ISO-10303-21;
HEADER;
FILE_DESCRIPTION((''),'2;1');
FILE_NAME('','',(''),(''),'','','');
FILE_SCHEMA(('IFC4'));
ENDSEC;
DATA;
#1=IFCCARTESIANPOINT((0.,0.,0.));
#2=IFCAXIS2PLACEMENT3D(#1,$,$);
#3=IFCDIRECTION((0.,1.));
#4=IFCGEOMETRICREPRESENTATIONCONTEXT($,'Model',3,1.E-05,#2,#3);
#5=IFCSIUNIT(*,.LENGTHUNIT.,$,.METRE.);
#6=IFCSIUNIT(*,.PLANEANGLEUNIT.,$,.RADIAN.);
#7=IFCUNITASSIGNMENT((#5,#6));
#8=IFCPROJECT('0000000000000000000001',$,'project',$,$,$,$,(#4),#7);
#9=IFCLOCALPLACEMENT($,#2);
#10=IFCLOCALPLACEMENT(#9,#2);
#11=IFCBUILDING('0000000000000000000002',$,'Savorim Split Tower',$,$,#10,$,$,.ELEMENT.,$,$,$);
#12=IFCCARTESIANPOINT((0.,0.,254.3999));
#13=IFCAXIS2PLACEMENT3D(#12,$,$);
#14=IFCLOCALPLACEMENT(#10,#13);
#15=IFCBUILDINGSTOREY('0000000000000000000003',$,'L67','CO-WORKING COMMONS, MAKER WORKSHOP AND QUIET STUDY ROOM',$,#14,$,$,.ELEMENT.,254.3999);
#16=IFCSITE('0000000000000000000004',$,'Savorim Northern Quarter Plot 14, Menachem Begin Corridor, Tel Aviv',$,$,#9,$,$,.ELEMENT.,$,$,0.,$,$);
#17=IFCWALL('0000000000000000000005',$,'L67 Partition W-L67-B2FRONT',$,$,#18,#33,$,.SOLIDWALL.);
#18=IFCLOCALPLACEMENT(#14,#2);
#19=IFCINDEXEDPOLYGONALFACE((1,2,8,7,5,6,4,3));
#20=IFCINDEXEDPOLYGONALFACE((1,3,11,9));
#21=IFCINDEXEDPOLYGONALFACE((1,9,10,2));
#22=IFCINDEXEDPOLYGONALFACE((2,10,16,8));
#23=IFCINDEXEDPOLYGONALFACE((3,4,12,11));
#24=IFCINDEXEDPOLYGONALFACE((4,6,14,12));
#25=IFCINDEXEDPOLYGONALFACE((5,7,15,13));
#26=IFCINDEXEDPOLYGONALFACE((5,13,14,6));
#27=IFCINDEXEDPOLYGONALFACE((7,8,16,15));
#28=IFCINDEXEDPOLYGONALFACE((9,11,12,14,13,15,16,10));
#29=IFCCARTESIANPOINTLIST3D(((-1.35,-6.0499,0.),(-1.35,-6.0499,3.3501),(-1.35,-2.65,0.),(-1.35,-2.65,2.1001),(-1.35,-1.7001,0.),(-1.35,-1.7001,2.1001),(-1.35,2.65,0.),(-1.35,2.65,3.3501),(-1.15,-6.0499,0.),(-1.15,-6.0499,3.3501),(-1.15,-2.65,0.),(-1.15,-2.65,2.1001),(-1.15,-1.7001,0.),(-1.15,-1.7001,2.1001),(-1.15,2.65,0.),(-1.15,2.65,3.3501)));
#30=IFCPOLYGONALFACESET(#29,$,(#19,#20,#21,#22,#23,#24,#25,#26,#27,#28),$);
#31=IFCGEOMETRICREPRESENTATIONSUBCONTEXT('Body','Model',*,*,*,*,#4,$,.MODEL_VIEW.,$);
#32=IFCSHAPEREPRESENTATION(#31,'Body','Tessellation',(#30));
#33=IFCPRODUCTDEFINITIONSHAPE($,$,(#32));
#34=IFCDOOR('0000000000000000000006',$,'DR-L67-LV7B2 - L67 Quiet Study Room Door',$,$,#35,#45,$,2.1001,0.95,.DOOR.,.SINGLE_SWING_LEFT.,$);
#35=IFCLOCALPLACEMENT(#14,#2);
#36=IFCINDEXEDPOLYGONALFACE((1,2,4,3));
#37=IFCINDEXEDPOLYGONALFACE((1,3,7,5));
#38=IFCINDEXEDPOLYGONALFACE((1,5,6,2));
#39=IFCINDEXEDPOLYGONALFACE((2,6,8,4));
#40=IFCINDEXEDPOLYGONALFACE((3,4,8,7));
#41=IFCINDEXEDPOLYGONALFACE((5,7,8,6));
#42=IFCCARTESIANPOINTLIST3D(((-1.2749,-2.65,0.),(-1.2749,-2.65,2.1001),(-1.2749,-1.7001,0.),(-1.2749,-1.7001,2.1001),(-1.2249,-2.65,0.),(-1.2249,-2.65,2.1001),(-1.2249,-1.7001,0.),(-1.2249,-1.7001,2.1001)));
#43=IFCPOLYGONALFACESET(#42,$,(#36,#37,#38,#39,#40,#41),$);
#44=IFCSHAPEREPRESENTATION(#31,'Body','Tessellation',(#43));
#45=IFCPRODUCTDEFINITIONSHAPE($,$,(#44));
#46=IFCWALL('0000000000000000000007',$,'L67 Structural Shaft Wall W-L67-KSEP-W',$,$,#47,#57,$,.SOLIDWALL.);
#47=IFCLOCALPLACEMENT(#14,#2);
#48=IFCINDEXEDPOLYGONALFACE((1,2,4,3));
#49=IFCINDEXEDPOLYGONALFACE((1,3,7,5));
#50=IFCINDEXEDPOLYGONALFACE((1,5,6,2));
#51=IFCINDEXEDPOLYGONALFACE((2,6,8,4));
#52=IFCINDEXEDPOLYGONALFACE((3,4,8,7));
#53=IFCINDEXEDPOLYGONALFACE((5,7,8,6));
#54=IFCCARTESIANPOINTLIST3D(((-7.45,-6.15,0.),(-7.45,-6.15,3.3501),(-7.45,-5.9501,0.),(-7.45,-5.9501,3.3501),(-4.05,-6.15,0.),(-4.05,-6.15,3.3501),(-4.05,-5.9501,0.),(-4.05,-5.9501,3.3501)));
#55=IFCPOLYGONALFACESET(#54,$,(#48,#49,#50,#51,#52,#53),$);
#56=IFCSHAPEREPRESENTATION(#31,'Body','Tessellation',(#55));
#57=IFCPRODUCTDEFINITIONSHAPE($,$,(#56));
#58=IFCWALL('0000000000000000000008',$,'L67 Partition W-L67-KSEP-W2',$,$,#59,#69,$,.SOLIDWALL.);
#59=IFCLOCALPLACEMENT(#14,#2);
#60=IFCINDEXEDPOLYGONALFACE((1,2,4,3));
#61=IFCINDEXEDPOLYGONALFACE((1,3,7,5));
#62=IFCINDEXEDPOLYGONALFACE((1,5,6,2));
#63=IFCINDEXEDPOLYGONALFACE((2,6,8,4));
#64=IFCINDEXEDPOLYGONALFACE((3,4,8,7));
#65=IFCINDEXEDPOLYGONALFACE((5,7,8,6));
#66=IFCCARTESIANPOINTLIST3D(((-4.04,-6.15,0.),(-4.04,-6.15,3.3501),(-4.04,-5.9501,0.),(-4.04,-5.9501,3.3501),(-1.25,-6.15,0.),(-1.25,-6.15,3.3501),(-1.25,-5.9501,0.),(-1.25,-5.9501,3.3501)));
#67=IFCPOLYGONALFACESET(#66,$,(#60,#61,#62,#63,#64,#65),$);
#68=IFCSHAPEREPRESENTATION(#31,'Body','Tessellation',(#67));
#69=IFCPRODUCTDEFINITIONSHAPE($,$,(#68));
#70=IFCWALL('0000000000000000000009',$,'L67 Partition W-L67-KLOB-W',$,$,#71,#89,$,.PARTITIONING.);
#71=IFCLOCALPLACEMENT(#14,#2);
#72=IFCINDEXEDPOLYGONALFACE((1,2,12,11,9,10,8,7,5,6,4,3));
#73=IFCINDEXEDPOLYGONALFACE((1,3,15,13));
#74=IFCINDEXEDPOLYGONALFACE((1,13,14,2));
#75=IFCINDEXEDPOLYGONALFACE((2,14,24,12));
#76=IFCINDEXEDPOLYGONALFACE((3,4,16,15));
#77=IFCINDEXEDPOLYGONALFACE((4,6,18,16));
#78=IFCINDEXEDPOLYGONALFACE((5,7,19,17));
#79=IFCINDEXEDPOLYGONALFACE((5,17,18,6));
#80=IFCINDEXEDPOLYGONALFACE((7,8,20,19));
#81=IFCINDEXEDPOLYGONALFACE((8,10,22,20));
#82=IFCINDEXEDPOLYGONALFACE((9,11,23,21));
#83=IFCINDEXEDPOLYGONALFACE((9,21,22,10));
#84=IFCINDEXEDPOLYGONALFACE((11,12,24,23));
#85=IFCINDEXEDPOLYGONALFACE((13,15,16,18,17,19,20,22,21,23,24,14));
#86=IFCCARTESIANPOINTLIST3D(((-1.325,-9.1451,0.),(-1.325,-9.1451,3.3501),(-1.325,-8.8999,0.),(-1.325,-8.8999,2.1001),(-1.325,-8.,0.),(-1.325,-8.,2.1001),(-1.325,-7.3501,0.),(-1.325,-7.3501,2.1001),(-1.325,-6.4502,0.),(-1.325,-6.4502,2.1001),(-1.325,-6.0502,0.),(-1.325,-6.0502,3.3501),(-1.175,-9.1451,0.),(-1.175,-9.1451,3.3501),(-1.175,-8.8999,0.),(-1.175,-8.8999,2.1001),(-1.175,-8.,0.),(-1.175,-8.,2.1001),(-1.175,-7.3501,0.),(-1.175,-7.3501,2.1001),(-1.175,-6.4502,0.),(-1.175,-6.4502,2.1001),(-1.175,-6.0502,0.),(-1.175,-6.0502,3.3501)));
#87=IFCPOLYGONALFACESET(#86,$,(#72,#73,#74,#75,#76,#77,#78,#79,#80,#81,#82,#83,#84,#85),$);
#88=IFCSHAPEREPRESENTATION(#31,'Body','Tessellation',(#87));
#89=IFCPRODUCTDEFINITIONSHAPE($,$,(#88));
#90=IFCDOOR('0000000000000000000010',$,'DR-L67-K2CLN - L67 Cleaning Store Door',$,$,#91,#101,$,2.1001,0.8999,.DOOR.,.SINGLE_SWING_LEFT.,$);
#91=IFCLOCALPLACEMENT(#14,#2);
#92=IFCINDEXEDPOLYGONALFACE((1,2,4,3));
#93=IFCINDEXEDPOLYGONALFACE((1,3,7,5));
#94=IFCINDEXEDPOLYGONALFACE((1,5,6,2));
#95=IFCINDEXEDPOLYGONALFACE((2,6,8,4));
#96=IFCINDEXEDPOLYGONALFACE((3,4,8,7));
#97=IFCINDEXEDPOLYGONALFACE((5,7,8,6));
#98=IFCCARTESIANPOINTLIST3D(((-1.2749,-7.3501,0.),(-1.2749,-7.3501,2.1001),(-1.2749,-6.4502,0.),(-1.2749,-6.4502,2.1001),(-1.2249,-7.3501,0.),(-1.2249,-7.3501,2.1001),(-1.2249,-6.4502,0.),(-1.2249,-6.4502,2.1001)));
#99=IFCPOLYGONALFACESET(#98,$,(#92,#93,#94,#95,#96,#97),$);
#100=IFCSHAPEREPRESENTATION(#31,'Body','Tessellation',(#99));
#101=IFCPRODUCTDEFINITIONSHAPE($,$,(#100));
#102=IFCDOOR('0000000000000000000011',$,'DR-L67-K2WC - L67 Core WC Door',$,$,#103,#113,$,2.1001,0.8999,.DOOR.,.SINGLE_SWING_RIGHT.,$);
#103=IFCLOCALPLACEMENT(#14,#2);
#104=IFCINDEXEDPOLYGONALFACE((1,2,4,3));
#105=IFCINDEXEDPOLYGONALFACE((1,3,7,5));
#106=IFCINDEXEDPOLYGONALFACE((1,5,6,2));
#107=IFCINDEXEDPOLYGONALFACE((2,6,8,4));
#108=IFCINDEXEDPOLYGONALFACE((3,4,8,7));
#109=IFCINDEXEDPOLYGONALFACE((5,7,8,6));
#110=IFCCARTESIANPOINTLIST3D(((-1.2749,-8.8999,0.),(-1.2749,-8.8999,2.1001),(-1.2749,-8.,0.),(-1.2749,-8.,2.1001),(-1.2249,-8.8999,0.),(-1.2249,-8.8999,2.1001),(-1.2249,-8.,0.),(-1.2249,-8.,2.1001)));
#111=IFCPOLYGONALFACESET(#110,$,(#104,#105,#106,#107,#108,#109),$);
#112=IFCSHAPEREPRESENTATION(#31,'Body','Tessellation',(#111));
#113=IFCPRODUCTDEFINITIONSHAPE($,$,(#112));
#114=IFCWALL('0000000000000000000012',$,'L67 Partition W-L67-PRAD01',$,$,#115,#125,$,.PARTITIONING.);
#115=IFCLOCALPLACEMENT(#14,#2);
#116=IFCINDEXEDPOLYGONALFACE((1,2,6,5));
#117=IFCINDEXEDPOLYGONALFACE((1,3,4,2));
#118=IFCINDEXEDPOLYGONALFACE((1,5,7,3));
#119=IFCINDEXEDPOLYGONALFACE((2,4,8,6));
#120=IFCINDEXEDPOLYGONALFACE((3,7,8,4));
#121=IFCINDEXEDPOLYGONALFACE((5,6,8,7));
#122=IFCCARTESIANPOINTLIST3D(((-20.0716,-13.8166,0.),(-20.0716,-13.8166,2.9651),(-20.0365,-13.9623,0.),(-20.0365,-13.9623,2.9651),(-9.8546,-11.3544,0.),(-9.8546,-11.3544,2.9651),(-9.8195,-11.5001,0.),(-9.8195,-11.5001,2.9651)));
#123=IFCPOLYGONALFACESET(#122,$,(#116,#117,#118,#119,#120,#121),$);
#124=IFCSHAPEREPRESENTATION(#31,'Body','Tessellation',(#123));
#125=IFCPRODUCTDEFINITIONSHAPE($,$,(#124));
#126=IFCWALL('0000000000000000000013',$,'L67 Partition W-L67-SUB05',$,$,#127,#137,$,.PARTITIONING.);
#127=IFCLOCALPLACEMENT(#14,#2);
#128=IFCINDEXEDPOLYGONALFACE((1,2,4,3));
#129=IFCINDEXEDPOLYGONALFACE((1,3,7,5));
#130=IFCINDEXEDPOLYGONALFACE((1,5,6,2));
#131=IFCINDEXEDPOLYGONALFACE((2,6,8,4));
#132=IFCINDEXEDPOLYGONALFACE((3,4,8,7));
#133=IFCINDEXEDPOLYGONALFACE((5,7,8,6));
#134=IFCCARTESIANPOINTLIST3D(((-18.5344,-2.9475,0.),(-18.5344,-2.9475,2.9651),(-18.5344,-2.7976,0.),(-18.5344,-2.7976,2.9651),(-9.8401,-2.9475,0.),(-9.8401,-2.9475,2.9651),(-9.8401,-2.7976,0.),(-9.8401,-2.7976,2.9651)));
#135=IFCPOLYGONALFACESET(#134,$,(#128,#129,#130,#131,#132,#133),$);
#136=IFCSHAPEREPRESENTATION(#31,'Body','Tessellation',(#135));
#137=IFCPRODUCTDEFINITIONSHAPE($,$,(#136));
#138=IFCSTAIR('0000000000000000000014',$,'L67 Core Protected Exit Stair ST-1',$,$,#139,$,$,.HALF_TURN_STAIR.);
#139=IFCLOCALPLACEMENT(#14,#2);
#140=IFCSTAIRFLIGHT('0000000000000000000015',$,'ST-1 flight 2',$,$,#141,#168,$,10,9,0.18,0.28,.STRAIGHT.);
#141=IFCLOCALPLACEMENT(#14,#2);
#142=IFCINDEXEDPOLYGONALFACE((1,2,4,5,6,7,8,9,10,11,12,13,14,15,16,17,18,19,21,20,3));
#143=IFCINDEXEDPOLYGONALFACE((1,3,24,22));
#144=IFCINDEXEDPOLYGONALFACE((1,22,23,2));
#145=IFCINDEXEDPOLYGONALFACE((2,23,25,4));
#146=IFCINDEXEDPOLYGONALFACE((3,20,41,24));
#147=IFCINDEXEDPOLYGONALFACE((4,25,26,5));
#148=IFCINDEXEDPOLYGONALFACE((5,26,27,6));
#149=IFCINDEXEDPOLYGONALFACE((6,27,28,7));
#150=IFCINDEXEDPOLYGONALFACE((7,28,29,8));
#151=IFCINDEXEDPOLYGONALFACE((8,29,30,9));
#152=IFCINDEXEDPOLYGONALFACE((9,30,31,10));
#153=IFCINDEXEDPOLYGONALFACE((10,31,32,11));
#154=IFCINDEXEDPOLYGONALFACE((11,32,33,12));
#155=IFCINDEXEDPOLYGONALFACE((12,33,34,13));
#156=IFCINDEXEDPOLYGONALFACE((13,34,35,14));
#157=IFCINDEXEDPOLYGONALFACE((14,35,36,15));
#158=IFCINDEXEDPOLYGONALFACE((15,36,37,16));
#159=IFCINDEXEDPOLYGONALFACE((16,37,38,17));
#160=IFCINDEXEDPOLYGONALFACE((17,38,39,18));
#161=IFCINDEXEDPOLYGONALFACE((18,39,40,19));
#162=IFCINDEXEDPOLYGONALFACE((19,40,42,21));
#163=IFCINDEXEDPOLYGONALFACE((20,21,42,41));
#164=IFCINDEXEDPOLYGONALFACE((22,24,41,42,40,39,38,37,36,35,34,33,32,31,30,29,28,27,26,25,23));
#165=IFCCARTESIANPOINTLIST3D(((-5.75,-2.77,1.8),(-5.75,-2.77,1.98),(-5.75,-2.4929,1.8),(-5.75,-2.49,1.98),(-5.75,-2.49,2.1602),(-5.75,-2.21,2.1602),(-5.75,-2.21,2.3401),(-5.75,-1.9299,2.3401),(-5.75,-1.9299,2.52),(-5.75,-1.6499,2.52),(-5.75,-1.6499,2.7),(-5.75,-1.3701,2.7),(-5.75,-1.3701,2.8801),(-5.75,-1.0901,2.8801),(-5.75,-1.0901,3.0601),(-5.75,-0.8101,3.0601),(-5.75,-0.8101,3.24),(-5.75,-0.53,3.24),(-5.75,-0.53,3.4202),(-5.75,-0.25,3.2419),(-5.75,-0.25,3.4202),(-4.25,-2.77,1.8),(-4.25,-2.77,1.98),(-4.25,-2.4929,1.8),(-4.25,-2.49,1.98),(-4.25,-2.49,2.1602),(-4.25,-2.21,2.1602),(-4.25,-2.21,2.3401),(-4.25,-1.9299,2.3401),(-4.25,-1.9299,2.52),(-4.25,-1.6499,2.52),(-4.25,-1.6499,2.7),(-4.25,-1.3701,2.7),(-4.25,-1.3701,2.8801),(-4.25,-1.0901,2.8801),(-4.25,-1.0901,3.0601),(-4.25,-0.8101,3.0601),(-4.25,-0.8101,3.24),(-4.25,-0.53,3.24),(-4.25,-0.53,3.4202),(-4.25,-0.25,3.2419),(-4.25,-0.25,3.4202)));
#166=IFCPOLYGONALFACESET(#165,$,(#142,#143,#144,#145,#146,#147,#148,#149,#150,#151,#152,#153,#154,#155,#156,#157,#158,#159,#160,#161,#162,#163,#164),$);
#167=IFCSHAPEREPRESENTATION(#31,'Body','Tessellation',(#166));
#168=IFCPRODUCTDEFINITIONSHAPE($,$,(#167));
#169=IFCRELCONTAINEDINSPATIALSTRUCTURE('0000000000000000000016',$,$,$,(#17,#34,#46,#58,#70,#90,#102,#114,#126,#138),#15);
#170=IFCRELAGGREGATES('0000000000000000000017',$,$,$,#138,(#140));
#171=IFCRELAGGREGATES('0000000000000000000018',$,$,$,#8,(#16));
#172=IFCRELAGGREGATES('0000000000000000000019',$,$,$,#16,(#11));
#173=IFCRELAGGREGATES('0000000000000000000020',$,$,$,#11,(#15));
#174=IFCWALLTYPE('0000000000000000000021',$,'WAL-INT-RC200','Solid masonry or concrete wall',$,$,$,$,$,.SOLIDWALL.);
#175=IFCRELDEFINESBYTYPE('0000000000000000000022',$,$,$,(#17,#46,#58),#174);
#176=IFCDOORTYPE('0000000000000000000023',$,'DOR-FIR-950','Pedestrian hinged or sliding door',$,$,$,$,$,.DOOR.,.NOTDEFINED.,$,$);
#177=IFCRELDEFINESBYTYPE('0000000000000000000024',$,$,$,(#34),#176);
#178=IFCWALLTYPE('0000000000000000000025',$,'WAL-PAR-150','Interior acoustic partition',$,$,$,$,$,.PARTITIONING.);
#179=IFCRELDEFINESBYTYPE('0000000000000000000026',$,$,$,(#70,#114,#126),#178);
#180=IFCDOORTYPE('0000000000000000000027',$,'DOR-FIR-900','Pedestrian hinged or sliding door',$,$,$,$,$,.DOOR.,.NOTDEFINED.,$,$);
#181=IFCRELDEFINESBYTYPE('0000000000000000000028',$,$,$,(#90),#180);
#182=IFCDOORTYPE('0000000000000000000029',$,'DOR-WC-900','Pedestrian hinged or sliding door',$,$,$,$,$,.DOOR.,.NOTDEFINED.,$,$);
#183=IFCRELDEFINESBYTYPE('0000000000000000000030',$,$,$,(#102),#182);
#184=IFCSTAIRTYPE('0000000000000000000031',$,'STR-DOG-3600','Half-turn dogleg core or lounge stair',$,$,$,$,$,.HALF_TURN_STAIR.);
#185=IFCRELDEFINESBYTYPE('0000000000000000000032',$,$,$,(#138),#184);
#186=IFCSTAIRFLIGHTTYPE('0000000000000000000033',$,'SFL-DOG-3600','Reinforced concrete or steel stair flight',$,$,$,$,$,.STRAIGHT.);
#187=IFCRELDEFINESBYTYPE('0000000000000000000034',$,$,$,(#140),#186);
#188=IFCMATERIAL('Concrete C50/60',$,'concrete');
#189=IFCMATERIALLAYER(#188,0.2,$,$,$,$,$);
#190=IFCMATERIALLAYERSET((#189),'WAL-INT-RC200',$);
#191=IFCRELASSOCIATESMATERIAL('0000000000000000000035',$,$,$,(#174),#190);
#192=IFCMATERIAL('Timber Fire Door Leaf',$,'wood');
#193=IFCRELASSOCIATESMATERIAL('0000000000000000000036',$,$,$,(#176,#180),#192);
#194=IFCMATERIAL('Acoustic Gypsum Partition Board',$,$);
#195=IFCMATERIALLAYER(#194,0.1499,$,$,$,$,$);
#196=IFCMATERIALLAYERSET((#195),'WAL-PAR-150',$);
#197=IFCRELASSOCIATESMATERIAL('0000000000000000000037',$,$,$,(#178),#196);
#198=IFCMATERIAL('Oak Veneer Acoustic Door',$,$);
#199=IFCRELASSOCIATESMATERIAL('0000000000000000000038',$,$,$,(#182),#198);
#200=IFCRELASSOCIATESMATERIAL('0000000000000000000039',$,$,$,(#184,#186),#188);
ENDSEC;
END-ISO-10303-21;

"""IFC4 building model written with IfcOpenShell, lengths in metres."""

from ifc_helpers import new_model, si_unit, direction, frame, frame_2d, origin, place, context, subcontext, project, spatial, polyline, rectangle, outline, extrude, material, layer, layer_set, type_object, element, fill, aggregate, save


model = new_model("IFC4")

# Units and contexts
model_context = context("Model", 3, precision=1e-05, world=origin(), true_north=direction((0.0, 1.0)))
body_context = subcontext(model_context, "Body", "Model", "MODEL_VIEW")
ifc_project = project(units=[si_unit("LENGTHUNIT", "METRE"), si_unit("PLANEANGLEUNIT", "RADIAN")], contexts=[model_context])

# Site, building, storey
site_placement = place(None, origin())
site = spatial("IfcSite", under=ifc_project, at=site_placement, Name="Savorim Northern Quarter Plot 14, Menachem Begin Corridor, Tel Aviv", CompositionType="ELEMENT", RefElevation=0.0)
building_placement = place(site_placement, origin())
building = spatial("IfcBuilding", under=site, at=building_placement, Name="Savorim Split Tower", CompositionType="ELEMENT")
storey_placement = place(building_placement, frame((0.0, 0.0, 254.3999)))
storey = spatial("IfcBuildingStorey", under=building, at=storey_placement, Name="L67", Description="CO-WORKING COMMONS, MAKER WORKSHOP AND QUIET STUDY ROOM", CompositionType="ELEMENT", Elevation=254.3999)

# Shared definitions
ifc_material_1 = material(Name="Timber Fire Door Leaf", Category="wood")

# Shared definitions
ifc_material_2 = material(Name="Concrete C50/60", Category="concrete")
ifc_layer_1 = layer(ifc_material_2, 0.2)
ifc_layer_set_1 = layer_set([ifc_layer_1], Name="WAL-INT-RC200")
wall_type_1 = type_object("IfcWallType", Name="WAL-INT-RC200", Description="Solid masonry or concrete wall", PredefinedType="SOLIDWALL", material=ifc_layer_set_1)

# Wall, opening, door
wall_1_placement = place(storey_placement, frame((-1.25, -6.05, 0.0), z_axis=(0.0, 0.0, 1.0), x_axis=(0.0, 1.0, 0.0)))
wall_1 = element("IfcWall", 1, at=wall_1_placement, inside=storey, type_object=wall_type_1, Name="L67 Partition W-L67-B2FRONT", PredefinedType="SOLIDWALL", context=body_context, shape_type="SweptSolid", body=[
    extrude(rectangle(XDim=8.7, YDim=0.2, at=frame_2d((4.3501, 0.0))), origin(), (0.0, 0.0, 1.0), 3.3501),
])
opening_1_placement = place(wall_1_placement, frame((3.3999, 0.0, 0.0)))
opening_1 = element("IfcOpeningElement", 2, at=opening_1_placement, cuts=wall_1, PredefinedType="OPENING", context=body_context, shape_type="SweptSolid", body=[
    extrude(rectangle(XDim=0.95, YDim=2.1001, at=frame_2d((0.4751, 1.05))), frame((0.0, 0.1099, 0.0), z_axis=(0.0, -1.0, 0.0), x_axis=(1.0, 0.0, 0.0)), (0.0, 0.0, 1.0), 0.22),
])
door_type_1 = type_object("IfcDoorType", Name="DOR-FIR-950", Description="Pedestrian hinged or sliding door", OperationType="NOTDEFINED", PredefinedType="DOOR", material=ifc_material_1)
door_1_placement = place(opening_1_placement, origin())
door_1 = element("IfcDoor", 3, at=door_1_placement, inside=storey, type_object=door_type_1, Name="DR-L67-LV7B2 - L67 Quiet Study Room Door", OperationType="SINGLE_SWING_LEFT", OverallHeight=2.1001, OverallWidth=0.95, PredefinedType="DOOR", context=body_context, shape_type="SweptSolid", body=[
    extrude(rectangle(XDim=0.95, YDim=2.1001, at=frame_2d((0.4751, 1.05))), frame((0.0, 0.0249, 0.0), z_axis=(0.0, -1.0, 0.0), x_axis=(1.0, 0.0, 0.0)), (0.0, 0.0, 1.0), 0.05),
])
fill(opening_1, door_1)

# Walls
wall_2_placement = place(storey_placement, frame((-7.45, -6.05, 0.0), z_axis=(0.0, 0.0, 1.0), x_axis=(1.0, 0.0, 0.0)))
element("IfcWall", 4, at=wall_2_placement, inside=storey, type_object=wall_type_1, Name="L67 Structural Shaft Wall W-L67-KSEP-W", PredefinedType="SOLIDWALL", context=body_context, shape_type="SweptSolid", body=[
    extrude(rectangle(XDim=3.3999, YDim=0.2, at=frame_2d((1.7, 0.0))), origin(), (0.0, 0.0, 1.0), 3.3501),
])
wall_3_placement = place(storey_placement, frame((-4.04, -6.05, 0.0), z_axis=(0.0, 0.0, 1.0), x_axis=(1.0, 0.0, 0.0)))
element("IfcWall", 5, at=wall_3_placement, inside=storey, type_object=wall_type_1, Name="L67 Partition W-L67-KSEP-W2", PredefinedType="SOLIDWALL", context=body_context, shape_type="SweptSolid", body=[
    extrude(rectangle(XDim=2.79, YDim=0.2, at=frame_2d((1.395, 0.0))), origin(), (0.0, 0.0, 1.0), 3.3501),
])

# Wall, openings, doors
ifc_material_3 = material(Name="Acoustic Gypsum Partition Board")
ifc_layer_2 = layer(ifc_material_3, 0.1499)
ifc_layer_set_2 = layer_set([ifc_layer_2], Name="WAL-PAR-150")
wall_type_2 = type_object("IfcWallType", Name="WAL-PAR-150", Description="Interior acoustic partition", PredefinedType="PARTITIONING", material=ifc_layer_set_2)
wall_4_placement = place(storey_placement, frame((-1.25, -9.145, 0.0), z_axis=(0.0, 0.0, 1.0), x_axis=(0.0, 1.0, 0.0)))
wall_4 = element("IfcWall", 6, at=wall_4_placement, inside=storey, type_object=wall_type_2, Name="L67 Partition W-L67-KLOB-W", PredefinedType="PARTITIONING", context=body_context, shape_type="SweptSolid", body=[
    extrude(rectangle(XDim=3.095, YDim=0.1499, at=frame_2d((1.5474, 0.0))), origin(), (0.0, 0.0, 1.0), 3.3501),
])
opening_2_placement = place(wall_4_placement, frame((1.7949, 0.0, 0.0)))
opening_2 = element("IfcOpeningElement", 7, at=opening_2_placement, cuts=wall_4, PredefinedType="OPENING", context=body_context, shape_type="SweptSolid", body=[
    extrude(rectangle(XDim=0.8999, YDim=2.1001, at=frame_2d((0.45, 1.05))), frame((0.0, 0.085, 0.0), z_axis=(0.0, -1.0, 0.0), x_axis=(1.0, 0.0, 0.0)), (0.0, 0.0, 1.0), 0.1699),
])
opening_3_placement = place(wall_4_placement, frame((0.2451, 0.0, 0.0)))
opening_3 = element("IfcOpeningElement", 8, at=opening_3_placement, cuts=wall_4, PredefinedType="OPENING", context=body_context, shape_type="SweptSolid", body=[
    extrude(rectangle(XDim=0.8999, YDim=2.1001, at=frame_2d((0.45, 1.05))), frame((0.0, 0.085, 0.0), z_axis=(0.0, -1.0, 0.0), x_axis=(1.0, 0.0, 0.0)), (0.0, 0.0, 1.0), 0.1699),
])
door_type_2 = type_object("IfcDoorType", Name="DOR-FIR-900", Description="Pedestrian hinged or sliding door", OperationType="NOTDEFINED", PredefinedType="DOOR", material=ifc_material_1)
door_2_placement = place(opening_2_placement, origin())
door_2 = element("IfcDoor", 9, at=door_2_placement, inside=storey, type_object=door_type_2, Name="DR-L67-K2CLN - L67 Cleaning Store Door", OperationType="SINGLE_SWING_LEFT", OverallHeight=2.1001, OverallWidth=0.8999, PredefinedType="DOOR", context=body_context, shape_type="SweptSolid", body=[
    extrude(rectangle(XDim=0.8999, YDim=2.1001, at=frame_2d((0.45, 1.05))), frame((0.0, 0.0249, 0.0), z_axis=(0.0, -1.0, 0.0), x_axis=(1.0, 0.0, 0.0)), (0.0, 0.0, 1.0), 0.05),
])
fill(opening_2, door_2)
ifc_material_4 = material(Name="Oak Veneer Acoustic Door")
door_type_3 = type_object("IfcDoorType", Name="DOR-WC-900", Description="Pedestrian hinged or sliding door", OperationType="NOTDEFINED", PredefinedType="DOOR", material=ifc_material_4)
door_3_placement = place(opening_3_placement, origin())
door_3 = element("IfcDoor", 10, at=door_3_placement, inside=storey, type_object=door_type_3, Name="DR-L67-K2WC - L67 Core WC Door", OperationType="SINGLE_SWING_RIGHT", OverallHeight=2.1001, OverallWidth=0.8999, PredefinedType="DOOR", context=body_context, shape_type="SweptSolid", body=[
    extrude(rectangle(XDim=0.8999, YDim=2.1001, at=frame_2d((0.45, 1.05))), frame((0.0, 0.0249, 0.0), z_axis=(0.0, -1.0, 0.0), x_axis=(1.0, 0.0, 0.0)), (0.0, 0.0, 1.0), 0.05),
])
fill(opening_3, door_3)

# Walls
wall_5_placement = place(storey_placement, frame((-9.8369, -11.4272, 0.0), z_axis=(0.0, 0.0, 1.0), x_axis=(-0.972169, -0.234279, 0.0)))
element("IfcWall", 11, at=wall_5_placement, inside=storey, type_object=wall_type_2, Name="L67 Partition W-L67-PRAD01", PredefinedType="PARTITIONING", context=body_context, shape_type="SweptSolid", body=[
    extrude(rectangle(XDim=10.5095, YDim=0.1499, at=frame_2d((5.2549, 0.0))), origin(), (0.0, 0.0, 1.0), 2.9651),
])
wall_6_placement = place(storey_placement, frame((-9.8401, -2.8726, 0.0), z_axis=(0.0, 0.0, 1.0), x_axis=(-1.0, 0.0, 0.0)))
element("IfcWall", 12, at=wall_6_placement, inside=storey, type_object=wall_type_2, Name="L67 Partition W-L67-SUB05", PredefinedType="PARTITIONING", context=body_context, shape_type="SweptSolid", body=[
    extrude(rectangle(XDim=8.6943, YDim=0.1499, at=frame_2d((4.3472, 0.0))), origin(), (0.0, 0.0, 1.0), 2.9651),
])

# Stair, stair flight
stair_type = type_object("IfcStairType", Name="STR-DOG-3600", Description="Half-turn dogleg core or lounge stair", PredefinedType="HALF_TURN_STAIR", material=ifc_material_2)
stair_placement = place(storey_placement, origin())
stair = element("IfcStair", 13, at=stair_placement, inside=storey, type_object=stair_type, Name="L67 Core Protected Exit Stair ST-1", PredefinedType="HALF_TURN_STAIR")
stair_flight_type = type_object("IfcStairFlightType", Name="SFL-DOG-3600", Description="Reinforced concrete or steel stair flight", PredefinedType="STRAIGHT", material=ifc_material_2)
stair_flight_placement = place(storey_placement, frame((-5.0, -2.77, 1.8), z_axis=(0.0, 0.0, 1.0), x_axis=(0.0, 1.0, 0.0)))
stair_flight = element("IfcStairFlight", 14, at=stair_flight_placement, type_object=stair_flight_type, Name="ST-1 flight 2", NumberOfRisers=10, NumberOfTreads=9, PredefinedType="STRAIGHT", RiserHeight=0.18, TreadLength=0.28, context=body_context, shape_type="SweptSolid", body=[
    extrude(outline(polyline([(0.0, 0.0), (0.0, 0.1799), (0.28, 0.1799), (0.28, 0.3601), (0.5601, 0.3601), (0.5601, 0.54), (0.8401, 0.54), (0.8401, 0.72), (1.1201, 0.72), (1.1201, 0.8999), (1.3999, 0.8999), (1.3999, 1.0801), (1.6799, 1.0801), (1.6799, 1.26), (1.96, 1.26), (1.96, 1.4399), (2.24, 1.4399), (2.24, 1.6201), (2.52, 1.6201), (2.52, 1.8), (2.52, 1.4419), (0.2771, 0.0), (0.0, 0.0)])), frame((0.0, 0.75, 0.0), z_axis=(0.0, -1.0, 0.0), x_axis=(1.0, 0.0, 0.0)), (0.0, 0.0, 1.0), 1.5),
])
aggregate(stair, [stair_flight])

save(model, "model.ifc")
